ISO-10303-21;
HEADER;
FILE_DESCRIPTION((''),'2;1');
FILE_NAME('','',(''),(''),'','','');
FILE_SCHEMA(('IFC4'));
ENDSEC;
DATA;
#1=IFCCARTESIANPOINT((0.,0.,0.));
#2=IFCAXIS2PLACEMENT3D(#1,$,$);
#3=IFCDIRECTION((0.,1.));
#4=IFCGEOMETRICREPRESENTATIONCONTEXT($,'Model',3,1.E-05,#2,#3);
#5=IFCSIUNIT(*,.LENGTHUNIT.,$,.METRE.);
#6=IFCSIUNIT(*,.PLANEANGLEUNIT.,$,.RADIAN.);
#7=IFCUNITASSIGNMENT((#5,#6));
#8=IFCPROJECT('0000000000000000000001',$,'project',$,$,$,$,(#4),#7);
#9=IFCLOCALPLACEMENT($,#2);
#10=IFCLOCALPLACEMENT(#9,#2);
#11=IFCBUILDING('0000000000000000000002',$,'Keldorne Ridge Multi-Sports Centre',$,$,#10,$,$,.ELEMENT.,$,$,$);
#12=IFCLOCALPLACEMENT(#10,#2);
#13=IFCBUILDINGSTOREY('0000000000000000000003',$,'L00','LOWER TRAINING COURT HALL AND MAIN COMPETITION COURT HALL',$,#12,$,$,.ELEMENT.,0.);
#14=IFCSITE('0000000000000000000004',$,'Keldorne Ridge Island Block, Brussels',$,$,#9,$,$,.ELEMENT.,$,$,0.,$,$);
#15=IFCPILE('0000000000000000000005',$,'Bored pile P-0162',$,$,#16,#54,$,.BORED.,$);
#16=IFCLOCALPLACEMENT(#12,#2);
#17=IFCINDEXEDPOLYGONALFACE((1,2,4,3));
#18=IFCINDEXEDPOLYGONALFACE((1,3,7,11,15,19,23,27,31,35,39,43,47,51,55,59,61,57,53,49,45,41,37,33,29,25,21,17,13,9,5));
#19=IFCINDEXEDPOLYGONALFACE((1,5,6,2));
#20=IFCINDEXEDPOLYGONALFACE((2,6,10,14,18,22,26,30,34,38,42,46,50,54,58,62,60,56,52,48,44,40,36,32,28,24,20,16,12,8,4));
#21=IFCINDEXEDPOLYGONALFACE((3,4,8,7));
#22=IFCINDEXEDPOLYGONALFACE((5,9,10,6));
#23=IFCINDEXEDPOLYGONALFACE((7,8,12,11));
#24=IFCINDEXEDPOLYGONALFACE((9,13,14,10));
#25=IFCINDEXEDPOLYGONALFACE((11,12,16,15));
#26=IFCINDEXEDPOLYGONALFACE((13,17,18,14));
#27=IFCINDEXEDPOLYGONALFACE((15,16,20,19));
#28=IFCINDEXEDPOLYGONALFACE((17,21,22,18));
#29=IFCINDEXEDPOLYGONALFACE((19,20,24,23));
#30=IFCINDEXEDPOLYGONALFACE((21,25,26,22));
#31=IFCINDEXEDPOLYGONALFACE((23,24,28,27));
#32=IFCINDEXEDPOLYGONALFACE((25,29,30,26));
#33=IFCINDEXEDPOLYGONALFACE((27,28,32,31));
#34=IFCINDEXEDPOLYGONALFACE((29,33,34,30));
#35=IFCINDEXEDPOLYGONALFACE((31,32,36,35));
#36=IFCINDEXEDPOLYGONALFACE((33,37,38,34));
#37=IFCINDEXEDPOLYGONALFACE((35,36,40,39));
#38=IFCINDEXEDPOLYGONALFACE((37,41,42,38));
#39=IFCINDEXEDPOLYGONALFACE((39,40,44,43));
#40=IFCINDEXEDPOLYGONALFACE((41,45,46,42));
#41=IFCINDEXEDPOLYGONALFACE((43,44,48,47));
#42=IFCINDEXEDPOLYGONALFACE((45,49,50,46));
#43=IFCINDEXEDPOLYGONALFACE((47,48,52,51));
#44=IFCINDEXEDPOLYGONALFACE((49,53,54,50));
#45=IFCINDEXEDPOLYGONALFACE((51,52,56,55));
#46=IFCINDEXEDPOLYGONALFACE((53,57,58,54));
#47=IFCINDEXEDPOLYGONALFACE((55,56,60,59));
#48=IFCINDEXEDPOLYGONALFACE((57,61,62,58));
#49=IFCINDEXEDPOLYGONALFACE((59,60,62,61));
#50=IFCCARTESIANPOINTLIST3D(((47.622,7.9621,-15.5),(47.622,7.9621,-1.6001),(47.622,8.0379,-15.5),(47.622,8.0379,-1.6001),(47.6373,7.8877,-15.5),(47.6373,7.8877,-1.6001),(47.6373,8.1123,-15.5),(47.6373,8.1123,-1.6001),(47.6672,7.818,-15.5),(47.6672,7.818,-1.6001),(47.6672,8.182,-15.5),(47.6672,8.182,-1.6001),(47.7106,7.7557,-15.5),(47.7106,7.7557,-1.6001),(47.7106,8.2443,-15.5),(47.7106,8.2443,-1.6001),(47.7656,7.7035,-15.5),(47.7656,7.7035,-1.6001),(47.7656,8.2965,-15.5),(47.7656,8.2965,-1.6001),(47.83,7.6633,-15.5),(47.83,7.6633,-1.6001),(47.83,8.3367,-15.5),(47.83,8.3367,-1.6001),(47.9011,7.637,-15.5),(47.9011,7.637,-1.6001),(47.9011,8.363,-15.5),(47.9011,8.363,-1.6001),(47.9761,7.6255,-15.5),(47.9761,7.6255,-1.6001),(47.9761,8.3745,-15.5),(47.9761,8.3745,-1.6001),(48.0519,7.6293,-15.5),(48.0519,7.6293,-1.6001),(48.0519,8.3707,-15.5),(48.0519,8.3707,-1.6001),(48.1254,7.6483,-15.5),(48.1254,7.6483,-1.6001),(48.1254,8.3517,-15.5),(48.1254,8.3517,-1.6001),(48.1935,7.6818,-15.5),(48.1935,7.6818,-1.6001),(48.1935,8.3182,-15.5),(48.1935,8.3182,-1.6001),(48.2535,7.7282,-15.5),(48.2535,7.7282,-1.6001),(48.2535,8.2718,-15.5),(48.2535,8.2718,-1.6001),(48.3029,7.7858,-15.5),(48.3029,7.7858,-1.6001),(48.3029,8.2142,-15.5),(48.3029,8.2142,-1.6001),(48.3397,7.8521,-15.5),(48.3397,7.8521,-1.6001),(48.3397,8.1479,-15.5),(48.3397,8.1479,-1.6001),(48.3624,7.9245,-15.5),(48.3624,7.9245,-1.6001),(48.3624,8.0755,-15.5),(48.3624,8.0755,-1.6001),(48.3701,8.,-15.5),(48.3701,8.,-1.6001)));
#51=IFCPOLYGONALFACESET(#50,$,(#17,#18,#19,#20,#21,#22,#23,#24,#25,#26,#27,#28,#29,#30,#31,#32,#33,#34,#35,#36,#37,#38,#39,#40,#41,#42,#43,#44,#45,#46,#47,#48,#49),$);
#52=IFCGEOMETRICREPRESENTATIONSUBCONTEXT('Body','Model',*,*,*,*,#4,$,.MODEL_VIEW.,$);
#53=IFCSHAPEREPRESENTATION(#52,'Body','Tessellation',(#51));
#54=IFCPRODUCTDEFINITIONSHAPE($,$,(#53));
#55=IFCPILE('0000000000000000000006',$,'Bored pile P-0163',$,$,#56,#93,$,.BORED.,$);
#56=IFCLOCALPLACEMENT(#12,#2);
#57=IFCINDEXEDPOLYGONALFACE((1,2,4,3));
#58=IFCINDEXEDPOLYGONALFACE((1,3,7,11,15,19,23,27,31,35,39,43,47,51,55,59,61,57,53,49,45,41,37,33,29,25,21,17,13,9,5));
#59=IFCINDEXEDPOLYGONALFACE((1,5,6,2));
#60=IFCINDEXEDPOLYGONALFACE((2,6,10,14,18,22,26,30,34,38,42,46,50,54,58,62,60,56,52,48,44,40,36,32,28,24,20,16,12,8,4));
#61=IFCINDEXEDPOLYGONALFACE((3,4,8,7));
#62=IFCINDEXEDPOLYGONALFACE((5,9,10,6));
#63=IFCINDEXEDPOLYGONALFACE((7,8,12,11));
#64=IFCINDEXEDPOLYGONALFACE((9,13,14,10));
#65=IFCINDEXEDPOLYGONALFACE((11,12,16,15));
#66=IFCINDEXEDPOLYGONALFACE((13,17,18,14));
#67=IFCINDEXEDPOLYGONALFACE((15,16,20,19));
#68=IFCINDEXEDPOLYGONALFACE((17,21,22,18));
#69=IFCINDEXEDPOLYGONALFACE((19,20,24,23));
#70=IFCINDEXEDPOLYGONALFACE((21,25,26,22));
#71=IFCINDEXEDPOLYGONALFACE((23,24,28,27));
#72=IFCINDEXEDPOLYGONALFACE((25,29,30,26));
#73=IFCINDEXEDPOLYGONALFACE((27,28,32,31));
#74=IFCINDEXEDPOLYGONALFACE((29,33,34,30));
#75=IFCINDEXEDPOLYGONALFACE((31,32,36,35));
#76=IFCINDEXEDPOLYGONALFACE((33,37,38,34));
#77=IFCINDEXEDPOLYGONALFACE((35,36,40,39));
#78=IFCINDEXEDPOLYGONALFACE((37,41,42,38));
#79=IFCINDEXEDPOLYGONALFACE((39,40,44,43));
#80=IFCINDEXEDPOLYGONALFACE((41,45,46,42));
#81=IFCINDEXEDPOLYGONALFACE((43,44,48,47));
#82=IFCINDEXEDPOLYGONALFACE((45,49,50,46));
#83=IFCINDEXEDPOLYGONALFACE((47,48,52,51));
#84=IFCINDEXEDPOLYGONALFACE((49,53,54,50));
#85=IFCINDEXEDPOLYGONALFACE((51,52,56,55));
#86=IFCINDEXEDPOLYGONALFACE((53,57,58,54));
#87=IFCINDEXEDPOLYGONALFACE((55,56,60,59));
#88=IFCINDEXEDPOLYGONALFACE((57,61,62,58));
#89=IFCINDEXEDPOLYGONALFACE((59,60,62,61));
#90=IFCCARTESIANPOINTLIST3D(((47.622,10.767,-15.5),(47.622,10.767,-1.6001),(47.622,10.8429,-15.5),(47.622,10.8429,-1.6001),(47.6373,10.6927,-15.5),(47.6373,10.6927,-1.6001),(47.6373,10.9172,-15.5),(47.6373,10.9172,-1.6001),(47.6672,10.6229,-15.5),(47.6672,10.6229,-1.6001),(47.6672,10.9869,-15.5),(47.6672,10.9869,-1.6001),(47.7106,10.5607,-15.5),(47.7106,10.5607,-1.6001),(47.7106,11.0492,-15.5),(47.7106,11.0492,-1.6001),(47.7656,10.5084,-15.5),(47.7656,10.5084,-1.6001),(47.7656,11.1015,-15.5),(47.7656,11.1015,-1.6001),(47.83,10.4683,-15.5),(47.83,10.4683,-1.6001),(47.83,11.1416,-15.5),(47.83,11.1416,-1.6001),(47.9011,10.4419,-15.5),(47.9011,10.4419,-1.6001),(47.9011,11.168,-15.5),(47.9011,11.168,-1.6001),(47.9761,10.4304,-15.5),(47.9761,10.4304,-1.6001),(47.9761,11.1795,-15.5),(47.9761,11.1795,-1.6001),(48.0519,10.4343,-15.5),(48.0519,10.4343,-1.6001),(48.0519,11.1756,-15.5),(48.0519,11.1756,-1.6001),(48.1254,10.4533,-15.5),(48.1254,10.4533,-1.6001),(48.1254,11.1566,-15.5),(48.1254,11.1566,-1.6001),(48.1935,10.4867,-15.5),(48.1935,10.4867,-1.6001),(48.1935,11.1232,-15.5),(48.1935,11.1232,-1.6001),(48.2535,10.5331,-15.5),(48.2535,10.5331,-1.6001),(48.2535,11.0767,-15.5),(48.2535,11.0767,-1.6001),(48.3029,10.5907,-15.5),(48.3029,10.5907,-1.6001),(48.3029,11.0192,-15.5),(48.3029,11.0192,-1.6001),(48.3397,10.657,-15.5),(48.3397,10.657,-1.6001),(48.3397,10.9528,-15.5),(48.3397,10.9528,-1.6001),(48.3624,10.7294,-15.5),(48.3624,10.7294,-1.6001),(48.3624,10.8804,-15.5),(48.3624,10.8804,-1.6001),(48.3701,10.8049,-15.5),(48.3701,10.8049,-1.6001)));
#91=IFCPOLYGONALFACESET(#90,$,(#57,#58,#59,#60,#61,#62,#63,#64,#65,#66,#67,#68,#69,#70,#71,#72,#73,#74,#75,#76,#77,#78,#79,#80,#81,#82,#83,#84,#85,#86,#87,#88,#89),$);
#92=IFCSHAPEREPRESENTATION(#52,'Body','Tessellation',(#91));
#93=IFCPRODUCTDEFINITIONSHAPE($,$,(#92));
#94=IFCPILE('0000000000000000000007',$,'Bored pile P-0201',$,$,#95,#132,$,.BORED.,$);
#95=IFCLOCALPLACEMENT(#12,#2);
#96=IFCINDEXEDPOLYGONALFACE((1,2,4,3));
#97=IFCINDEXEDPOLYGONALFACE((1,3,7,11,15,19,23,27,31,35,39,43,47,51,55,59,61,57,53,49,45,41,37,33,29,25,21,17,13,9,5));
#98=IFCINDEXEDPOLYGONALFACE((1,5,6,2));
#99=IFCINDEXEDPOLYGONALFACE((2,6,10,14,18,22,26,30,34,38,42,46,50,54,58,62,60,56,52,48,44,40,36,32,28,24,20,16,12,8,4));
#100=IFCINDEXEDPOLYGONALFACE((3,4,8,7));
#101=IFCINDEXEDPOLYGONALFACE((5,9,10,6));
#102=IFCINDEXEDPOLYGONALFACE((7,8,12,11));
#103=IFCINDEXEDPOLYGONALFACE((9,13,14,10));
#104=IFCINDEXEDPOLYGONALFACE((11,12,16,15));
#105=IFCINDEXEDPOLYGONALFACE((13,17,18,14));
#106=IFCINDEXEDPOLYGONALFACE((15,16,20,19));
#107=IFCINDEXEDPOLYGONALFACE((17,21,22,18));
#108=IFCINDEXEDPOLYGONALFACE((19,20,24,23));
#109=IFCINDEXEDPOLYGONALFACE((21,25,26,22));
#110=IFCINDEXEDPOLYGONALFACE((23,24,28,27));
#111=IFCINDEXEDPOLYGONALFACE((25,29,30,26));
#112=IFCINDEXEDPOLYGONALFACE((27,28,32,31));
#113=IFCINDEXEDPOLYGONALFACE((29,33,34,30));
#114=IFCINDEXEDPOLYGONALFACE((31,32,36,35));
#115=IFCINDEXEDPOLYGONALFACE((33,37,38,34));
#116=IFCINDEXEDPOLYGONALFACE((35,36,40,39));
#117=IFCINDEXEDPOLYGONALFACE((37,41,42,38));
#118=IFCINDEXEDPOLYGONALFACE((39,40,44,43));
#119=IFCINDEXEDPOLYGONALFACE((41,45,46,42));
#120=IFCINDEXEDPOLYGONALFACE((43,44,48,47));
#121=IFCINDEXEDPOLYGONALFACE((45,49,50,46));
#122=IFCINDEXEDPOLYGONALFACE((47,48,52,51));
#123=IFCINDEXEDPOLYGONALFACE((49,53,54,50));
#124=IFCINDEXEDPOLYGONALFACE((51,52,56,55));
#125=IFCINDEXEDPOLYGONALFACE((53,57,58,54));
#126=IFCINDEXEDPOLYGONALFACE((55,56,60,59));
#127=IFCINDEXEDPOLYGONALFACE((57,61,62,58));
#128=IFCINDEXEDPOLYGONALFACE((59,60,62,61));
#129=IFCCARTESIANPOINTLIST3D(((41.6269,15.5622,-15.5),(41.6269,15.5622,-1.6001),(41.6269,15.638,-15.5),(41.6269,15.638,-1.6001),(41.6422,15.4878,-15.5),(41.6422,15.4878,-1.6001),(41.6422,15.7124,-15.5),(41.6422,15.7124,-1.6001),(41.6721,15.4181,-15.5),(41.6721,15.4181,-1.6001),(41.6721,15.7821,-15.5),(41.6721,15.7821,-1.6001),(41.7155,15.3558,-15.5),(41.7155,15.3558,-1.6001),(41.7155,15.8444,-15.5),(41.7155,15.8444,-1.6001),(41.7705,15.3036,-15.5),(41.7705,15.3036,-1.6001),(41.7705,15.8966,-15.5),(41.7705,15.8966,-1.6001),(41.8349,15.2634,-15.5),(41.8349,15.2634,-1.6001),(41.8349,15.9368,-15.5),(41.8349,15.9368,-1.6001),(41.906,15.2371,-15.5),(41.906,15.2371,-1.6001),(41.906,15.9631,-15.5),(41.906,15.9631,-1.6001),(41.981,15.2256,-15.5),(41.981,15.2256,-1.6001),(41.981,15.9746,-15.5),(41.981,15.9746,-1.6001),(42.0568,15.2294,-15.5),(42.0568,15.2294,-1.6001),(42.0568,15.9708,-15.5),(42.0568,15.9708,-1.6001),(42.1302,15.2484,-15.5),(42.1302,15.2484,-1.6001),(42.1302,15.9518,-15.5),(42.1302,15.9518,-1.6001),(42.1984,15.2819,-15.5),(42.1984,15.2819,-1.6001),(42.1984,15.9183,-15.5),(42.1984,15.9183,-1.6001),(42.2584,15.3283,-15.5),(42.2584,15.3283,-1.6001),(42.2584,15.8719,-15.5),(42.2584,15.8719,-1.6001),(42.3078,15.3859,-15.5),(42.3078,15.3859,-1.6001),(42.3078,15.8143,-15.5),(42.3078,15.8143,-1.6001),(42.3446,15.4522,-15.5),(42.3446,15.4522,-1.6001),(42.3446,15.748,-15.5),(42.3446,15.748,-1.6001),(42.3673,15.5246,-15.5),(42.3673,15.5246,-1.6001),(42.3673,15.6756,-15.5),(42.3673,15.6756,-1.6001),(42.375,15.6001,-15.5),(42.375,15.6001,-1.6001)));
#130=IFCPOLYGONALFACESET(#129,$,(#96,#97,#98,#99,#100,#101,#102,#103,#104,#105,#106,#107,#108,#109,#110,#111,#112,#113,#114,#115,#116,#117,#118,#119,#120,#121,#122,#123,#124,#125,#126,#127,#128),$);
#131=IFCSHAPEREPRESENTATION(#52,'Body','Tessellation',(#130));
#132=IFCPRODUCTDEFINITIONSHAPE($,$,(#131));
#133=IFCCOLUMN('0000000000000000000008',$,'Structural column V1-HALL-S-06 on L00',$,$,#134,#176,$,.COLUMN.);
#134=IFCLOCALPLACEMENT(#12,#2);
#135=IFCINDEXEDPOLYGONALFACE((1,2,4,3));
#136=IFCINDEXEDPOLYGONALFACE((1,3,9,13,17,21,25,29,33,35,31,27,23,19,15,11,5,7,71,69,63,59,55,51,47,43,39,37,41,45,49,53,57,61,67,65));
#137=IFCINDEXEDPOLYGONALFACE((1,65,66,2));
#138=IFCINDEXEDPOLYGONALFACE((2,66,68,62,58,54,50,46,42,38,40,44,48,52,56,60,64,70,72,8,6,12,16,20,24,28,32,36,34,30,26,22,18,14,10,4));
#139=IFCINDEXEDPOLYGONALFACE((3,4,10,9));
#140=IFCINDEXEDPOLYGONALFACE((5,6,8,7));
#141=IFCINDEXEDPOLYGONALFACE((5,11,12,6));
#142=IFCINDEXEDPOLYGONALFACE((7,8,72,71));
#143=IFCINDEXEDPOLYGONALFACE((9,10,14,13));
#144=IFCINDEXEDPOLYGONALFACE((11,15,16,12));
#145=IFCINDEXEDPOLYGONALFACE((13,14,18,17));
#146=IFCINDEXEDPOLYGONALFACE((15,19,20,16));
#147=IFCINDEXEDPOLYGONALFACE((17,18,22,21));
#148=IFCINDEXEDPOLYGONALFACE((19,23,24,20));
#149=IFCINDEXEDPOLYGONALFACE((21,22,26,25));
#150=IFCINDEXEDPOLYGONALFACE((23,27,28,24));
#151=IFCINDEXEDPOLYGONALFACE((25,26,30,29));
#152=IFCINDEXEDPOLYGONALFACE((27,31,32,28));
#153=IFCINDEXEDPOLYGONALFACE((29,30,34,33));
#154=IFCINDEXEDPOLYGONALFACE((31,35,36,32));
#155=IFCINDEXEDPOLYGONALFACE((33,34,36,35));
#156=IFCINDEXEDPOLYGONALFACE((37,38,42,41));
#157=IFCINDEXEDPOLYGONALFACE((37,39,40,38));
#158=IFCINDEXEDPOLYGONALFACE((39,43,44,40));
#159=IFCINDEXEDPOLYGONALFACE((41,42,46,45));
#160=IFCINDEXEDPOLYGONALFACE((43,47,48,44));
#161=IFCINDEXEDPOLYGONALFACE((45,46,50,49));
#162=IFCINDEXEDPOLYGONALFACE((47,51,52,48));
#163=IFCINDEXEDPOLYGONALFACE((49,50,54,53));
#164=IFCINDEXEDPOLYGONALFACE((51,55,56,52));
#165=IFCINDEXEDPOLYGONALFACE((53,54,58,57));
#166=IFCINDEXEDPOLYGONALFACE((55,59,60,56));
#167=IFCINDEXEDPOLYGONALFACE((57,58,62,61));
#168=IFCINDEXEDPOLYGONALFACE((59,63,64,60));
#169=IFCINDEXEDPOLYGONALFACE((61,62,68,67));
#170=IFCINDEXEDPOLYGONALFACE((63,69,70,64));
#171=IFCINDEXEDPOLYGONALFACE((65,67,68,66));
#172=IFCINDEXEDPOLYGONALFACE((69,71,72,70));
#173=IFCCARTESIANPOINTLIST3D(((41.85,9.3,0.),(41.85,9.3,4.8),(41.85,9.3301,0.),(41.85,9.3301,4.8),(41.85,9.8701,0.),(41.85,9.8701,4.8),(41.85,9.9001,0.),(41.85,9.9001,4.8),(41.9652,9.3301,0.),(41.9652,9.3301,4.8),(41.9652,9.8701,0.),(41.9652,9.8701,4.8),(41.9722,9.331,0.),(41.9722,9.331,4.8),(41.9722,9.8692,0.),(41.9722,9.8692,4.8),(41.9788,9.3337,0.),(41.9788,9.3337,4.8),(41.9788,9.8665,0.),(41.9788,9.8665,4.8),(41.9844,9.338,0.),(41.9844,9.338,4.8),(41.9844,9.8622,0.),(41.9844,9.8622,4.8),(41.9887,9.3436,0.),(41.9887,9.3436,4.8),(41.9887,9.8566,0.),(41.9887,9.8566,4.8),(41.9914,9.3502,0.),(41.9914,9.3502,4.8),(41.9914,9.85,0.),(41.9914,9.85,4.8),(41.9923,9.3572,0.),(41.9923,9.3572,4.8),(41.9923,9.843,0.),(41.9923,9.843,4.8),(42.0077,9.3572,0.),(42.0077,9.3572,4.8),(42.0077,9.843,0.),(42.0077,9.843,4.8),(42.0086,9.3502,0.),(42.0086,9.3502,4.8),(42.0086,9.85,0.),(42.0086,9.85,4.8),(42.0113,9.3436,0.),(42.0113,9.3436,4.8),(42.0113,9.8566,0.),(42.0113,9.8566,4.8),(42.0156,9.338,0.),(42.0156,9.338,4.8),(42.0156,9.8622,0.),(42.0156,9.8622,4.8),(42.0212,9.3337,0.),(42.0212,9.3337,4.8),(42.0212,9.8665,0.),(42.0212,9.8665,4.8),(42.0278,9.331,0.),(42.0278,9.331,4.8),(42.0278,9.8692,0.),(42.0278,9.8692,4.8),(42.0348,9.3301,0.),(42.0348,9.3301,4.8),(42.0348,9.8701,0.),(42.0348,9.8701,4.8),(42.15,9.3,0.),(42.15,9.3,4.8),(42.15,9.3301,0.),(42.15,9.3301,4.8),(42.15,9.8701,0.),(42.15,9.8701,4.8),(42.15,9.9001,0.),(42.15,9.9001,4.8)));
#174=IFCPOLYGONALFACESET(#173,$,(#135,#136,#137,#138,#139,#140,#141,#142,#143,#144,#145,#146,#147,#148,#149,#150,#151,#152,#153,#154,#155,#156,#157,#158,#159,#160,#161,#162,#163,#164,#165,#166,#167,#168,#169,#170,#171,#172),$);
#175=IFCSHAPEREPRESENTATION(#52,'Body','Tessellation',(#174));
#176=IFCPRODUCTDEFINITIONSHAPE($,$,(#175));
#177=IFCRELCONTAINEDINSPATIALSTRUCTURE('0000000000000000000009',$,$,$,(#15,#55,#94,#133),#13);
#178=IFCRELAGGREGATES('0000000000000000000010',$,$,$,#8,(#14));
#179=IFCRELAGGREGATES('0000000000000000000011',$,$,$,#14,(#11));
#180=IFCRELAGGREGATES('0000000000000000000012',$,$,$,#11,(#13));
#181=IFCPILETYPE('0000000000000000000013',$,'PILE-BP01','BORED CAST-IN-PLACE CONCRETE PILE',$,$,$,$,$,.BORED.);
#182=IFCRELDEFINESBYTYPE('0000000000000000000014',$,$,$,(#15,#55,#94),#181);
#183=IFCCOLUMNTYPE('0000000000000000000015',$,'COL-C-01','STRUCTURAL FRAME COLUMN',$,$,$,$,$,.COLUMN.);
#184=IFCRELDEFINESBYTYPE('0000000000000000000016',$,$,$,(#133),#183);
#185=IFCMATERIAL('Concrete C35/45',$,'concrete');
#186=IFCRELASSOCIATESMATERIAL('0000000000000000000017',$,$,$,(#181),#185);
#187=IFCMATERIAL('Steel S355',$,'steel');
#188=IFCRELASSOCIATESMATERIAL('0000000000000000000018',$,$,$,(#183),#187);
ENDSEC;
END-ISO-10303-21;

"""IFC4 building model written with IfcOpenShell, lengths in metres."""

from ifc_helpers import new_model, si_unit, direction, frame, origin, origin_2d, place, context, subcontext, project, spatial, circle, i_section, extrude, material, material_profile, profile_set, type_object, element, save


model = new_model("IFC4")

# Units and contexts
model_context = context("Model", 3, precision=1e-05, world=origin(), true_north=direction((0.0, 1.0)))
body_context = subcontext(model_context, "Body", "Model", "MODEL_VIEW")
ifc_project = project(units=[si_unit("LENGTHUNIT", "METRE"), si_unit("PLANEANGLEUNIT", "RADIAN")], contexts=[model_context])

# Site, building, storey
site_placement = place(None, origin())
site = spatial("IfcSite", under=ifc_project, at=site_placement, Name="Keldorne Ridge Island Block, Brussels", CompositionType="ELEMENT", RefElevation=0.0)
building_placement = place(site_placement, origin())
building = spatial("IfcBuilding", under=site, at=building_placement, Name="Keldorne Ridge Multi-Sports Centre", CompositionType="ELEMENT")
storey_placement = place(building_placement, origin())
storey = spatial("IfcBuildingStorey", under=building, at=storey_placement, Name="L00", Description="LOWER TRAINING COURT HALL AND MAIN COMPETITION COURT HALL", CompositionType="ELEMENT", Elevation=0.0)

# Shared definitions
ifc_material_1 = material(Name="Concrete C35/45", Category="concrete")

# Piles
ifc_material_profile_1 = material_profile(ifc_material_1, circle(Radius=0.375, at=origin_2d()), Name="BORED PILE D750")
ifc_profile_set_1 = profile_set([ifc_material_profile_1], Name="Concrete C35/45")
pile_type = type_object("IfcPileType", Name="PILE-BP01", Description="BORED CAST-IN-PLACE CONCRETE PILE", PredefinedType="BORED", material=ifc_profile_set_1)
for number, where, z_axis, x_axis, name in (
    (1, (47.9951, 8.0, -1.6001), (0.0, 0.0, -1.0), (1.0, 0.0, 0.0), "Bored pile P-0162"),
    (2, (47.9951, 10.8049, -1.6001), (0.0, 0.0, -1.0), (1.0, 0.0, 0.0), "Bored pile P-0163"),
    (3, (42.0, 15.6001, -1.6001), (0.0, 0.0, -1.0), (1.0, 0.0, 0.0), "Bored pile P-0201"),
):
    element("IfcPile", number, at=place(storey_placement, frame(where, z_axis=z_axis, x_axis=x_axis)), inside=storey, type_object=pile_type, Name=name, PredefinedType="BORED", context=body_context, shape_type="SweptSolid", body=[
        extrude(circle(Radius=0.375, at=origin_2d()), origin(), (0.0, 0.0, 1.0), 13.8999),
    ])

# Column
ifc_material_2 = material(Name="Steel S355", Category="steel")
ifc_material_profile_2 = material_profile(ifc_material_2, i_section(OverallWidth=0.3, OverallDepth=0.6001, WebThickness=0.0154, FlangeThickness=0.03, FilletRadius=0.0271, at=origin_2d()), Name="HEB 600")
ifc_profile_set_2 = profile_set([ifc_material_profile_2], Name="Steel S355")
column_type_1 = type_object("IfcColumnType", Name="COL-C-01", Description="STRUCTURAL FRAME COLUMN", PredefinedType="COLUMN", material=ifc_profile_set_2)
for number, where, z_axis, x_axis, name in (
    (4, (42.0, 9.6001, 0.0), (0.0, 0.0, 1.0), (1.0, 0.0, 0.0), "Structural column V1-HALL-S-06 on L00"),
):
    element("IfcColumn", number, at=place(storey_placement, frame(where, z_axis=z_axis, x_axis=x_axis)), inside=storey, type_object=column_type_1, Name=name, PredefinedType="COLUMN", context=body_context, shape_type="SweptSolid", body=[
        extrude(i_section(OverallWidth=0.3, OverallDepth=0.6001, WebThickness=0.0154, FlangeThickness=0.03, FilletRadius=0.0271, at=origin_2d()), origin(), (0.0, 0.0, 1.0), 4.8),
    ])

save(model, "model.ifc")
